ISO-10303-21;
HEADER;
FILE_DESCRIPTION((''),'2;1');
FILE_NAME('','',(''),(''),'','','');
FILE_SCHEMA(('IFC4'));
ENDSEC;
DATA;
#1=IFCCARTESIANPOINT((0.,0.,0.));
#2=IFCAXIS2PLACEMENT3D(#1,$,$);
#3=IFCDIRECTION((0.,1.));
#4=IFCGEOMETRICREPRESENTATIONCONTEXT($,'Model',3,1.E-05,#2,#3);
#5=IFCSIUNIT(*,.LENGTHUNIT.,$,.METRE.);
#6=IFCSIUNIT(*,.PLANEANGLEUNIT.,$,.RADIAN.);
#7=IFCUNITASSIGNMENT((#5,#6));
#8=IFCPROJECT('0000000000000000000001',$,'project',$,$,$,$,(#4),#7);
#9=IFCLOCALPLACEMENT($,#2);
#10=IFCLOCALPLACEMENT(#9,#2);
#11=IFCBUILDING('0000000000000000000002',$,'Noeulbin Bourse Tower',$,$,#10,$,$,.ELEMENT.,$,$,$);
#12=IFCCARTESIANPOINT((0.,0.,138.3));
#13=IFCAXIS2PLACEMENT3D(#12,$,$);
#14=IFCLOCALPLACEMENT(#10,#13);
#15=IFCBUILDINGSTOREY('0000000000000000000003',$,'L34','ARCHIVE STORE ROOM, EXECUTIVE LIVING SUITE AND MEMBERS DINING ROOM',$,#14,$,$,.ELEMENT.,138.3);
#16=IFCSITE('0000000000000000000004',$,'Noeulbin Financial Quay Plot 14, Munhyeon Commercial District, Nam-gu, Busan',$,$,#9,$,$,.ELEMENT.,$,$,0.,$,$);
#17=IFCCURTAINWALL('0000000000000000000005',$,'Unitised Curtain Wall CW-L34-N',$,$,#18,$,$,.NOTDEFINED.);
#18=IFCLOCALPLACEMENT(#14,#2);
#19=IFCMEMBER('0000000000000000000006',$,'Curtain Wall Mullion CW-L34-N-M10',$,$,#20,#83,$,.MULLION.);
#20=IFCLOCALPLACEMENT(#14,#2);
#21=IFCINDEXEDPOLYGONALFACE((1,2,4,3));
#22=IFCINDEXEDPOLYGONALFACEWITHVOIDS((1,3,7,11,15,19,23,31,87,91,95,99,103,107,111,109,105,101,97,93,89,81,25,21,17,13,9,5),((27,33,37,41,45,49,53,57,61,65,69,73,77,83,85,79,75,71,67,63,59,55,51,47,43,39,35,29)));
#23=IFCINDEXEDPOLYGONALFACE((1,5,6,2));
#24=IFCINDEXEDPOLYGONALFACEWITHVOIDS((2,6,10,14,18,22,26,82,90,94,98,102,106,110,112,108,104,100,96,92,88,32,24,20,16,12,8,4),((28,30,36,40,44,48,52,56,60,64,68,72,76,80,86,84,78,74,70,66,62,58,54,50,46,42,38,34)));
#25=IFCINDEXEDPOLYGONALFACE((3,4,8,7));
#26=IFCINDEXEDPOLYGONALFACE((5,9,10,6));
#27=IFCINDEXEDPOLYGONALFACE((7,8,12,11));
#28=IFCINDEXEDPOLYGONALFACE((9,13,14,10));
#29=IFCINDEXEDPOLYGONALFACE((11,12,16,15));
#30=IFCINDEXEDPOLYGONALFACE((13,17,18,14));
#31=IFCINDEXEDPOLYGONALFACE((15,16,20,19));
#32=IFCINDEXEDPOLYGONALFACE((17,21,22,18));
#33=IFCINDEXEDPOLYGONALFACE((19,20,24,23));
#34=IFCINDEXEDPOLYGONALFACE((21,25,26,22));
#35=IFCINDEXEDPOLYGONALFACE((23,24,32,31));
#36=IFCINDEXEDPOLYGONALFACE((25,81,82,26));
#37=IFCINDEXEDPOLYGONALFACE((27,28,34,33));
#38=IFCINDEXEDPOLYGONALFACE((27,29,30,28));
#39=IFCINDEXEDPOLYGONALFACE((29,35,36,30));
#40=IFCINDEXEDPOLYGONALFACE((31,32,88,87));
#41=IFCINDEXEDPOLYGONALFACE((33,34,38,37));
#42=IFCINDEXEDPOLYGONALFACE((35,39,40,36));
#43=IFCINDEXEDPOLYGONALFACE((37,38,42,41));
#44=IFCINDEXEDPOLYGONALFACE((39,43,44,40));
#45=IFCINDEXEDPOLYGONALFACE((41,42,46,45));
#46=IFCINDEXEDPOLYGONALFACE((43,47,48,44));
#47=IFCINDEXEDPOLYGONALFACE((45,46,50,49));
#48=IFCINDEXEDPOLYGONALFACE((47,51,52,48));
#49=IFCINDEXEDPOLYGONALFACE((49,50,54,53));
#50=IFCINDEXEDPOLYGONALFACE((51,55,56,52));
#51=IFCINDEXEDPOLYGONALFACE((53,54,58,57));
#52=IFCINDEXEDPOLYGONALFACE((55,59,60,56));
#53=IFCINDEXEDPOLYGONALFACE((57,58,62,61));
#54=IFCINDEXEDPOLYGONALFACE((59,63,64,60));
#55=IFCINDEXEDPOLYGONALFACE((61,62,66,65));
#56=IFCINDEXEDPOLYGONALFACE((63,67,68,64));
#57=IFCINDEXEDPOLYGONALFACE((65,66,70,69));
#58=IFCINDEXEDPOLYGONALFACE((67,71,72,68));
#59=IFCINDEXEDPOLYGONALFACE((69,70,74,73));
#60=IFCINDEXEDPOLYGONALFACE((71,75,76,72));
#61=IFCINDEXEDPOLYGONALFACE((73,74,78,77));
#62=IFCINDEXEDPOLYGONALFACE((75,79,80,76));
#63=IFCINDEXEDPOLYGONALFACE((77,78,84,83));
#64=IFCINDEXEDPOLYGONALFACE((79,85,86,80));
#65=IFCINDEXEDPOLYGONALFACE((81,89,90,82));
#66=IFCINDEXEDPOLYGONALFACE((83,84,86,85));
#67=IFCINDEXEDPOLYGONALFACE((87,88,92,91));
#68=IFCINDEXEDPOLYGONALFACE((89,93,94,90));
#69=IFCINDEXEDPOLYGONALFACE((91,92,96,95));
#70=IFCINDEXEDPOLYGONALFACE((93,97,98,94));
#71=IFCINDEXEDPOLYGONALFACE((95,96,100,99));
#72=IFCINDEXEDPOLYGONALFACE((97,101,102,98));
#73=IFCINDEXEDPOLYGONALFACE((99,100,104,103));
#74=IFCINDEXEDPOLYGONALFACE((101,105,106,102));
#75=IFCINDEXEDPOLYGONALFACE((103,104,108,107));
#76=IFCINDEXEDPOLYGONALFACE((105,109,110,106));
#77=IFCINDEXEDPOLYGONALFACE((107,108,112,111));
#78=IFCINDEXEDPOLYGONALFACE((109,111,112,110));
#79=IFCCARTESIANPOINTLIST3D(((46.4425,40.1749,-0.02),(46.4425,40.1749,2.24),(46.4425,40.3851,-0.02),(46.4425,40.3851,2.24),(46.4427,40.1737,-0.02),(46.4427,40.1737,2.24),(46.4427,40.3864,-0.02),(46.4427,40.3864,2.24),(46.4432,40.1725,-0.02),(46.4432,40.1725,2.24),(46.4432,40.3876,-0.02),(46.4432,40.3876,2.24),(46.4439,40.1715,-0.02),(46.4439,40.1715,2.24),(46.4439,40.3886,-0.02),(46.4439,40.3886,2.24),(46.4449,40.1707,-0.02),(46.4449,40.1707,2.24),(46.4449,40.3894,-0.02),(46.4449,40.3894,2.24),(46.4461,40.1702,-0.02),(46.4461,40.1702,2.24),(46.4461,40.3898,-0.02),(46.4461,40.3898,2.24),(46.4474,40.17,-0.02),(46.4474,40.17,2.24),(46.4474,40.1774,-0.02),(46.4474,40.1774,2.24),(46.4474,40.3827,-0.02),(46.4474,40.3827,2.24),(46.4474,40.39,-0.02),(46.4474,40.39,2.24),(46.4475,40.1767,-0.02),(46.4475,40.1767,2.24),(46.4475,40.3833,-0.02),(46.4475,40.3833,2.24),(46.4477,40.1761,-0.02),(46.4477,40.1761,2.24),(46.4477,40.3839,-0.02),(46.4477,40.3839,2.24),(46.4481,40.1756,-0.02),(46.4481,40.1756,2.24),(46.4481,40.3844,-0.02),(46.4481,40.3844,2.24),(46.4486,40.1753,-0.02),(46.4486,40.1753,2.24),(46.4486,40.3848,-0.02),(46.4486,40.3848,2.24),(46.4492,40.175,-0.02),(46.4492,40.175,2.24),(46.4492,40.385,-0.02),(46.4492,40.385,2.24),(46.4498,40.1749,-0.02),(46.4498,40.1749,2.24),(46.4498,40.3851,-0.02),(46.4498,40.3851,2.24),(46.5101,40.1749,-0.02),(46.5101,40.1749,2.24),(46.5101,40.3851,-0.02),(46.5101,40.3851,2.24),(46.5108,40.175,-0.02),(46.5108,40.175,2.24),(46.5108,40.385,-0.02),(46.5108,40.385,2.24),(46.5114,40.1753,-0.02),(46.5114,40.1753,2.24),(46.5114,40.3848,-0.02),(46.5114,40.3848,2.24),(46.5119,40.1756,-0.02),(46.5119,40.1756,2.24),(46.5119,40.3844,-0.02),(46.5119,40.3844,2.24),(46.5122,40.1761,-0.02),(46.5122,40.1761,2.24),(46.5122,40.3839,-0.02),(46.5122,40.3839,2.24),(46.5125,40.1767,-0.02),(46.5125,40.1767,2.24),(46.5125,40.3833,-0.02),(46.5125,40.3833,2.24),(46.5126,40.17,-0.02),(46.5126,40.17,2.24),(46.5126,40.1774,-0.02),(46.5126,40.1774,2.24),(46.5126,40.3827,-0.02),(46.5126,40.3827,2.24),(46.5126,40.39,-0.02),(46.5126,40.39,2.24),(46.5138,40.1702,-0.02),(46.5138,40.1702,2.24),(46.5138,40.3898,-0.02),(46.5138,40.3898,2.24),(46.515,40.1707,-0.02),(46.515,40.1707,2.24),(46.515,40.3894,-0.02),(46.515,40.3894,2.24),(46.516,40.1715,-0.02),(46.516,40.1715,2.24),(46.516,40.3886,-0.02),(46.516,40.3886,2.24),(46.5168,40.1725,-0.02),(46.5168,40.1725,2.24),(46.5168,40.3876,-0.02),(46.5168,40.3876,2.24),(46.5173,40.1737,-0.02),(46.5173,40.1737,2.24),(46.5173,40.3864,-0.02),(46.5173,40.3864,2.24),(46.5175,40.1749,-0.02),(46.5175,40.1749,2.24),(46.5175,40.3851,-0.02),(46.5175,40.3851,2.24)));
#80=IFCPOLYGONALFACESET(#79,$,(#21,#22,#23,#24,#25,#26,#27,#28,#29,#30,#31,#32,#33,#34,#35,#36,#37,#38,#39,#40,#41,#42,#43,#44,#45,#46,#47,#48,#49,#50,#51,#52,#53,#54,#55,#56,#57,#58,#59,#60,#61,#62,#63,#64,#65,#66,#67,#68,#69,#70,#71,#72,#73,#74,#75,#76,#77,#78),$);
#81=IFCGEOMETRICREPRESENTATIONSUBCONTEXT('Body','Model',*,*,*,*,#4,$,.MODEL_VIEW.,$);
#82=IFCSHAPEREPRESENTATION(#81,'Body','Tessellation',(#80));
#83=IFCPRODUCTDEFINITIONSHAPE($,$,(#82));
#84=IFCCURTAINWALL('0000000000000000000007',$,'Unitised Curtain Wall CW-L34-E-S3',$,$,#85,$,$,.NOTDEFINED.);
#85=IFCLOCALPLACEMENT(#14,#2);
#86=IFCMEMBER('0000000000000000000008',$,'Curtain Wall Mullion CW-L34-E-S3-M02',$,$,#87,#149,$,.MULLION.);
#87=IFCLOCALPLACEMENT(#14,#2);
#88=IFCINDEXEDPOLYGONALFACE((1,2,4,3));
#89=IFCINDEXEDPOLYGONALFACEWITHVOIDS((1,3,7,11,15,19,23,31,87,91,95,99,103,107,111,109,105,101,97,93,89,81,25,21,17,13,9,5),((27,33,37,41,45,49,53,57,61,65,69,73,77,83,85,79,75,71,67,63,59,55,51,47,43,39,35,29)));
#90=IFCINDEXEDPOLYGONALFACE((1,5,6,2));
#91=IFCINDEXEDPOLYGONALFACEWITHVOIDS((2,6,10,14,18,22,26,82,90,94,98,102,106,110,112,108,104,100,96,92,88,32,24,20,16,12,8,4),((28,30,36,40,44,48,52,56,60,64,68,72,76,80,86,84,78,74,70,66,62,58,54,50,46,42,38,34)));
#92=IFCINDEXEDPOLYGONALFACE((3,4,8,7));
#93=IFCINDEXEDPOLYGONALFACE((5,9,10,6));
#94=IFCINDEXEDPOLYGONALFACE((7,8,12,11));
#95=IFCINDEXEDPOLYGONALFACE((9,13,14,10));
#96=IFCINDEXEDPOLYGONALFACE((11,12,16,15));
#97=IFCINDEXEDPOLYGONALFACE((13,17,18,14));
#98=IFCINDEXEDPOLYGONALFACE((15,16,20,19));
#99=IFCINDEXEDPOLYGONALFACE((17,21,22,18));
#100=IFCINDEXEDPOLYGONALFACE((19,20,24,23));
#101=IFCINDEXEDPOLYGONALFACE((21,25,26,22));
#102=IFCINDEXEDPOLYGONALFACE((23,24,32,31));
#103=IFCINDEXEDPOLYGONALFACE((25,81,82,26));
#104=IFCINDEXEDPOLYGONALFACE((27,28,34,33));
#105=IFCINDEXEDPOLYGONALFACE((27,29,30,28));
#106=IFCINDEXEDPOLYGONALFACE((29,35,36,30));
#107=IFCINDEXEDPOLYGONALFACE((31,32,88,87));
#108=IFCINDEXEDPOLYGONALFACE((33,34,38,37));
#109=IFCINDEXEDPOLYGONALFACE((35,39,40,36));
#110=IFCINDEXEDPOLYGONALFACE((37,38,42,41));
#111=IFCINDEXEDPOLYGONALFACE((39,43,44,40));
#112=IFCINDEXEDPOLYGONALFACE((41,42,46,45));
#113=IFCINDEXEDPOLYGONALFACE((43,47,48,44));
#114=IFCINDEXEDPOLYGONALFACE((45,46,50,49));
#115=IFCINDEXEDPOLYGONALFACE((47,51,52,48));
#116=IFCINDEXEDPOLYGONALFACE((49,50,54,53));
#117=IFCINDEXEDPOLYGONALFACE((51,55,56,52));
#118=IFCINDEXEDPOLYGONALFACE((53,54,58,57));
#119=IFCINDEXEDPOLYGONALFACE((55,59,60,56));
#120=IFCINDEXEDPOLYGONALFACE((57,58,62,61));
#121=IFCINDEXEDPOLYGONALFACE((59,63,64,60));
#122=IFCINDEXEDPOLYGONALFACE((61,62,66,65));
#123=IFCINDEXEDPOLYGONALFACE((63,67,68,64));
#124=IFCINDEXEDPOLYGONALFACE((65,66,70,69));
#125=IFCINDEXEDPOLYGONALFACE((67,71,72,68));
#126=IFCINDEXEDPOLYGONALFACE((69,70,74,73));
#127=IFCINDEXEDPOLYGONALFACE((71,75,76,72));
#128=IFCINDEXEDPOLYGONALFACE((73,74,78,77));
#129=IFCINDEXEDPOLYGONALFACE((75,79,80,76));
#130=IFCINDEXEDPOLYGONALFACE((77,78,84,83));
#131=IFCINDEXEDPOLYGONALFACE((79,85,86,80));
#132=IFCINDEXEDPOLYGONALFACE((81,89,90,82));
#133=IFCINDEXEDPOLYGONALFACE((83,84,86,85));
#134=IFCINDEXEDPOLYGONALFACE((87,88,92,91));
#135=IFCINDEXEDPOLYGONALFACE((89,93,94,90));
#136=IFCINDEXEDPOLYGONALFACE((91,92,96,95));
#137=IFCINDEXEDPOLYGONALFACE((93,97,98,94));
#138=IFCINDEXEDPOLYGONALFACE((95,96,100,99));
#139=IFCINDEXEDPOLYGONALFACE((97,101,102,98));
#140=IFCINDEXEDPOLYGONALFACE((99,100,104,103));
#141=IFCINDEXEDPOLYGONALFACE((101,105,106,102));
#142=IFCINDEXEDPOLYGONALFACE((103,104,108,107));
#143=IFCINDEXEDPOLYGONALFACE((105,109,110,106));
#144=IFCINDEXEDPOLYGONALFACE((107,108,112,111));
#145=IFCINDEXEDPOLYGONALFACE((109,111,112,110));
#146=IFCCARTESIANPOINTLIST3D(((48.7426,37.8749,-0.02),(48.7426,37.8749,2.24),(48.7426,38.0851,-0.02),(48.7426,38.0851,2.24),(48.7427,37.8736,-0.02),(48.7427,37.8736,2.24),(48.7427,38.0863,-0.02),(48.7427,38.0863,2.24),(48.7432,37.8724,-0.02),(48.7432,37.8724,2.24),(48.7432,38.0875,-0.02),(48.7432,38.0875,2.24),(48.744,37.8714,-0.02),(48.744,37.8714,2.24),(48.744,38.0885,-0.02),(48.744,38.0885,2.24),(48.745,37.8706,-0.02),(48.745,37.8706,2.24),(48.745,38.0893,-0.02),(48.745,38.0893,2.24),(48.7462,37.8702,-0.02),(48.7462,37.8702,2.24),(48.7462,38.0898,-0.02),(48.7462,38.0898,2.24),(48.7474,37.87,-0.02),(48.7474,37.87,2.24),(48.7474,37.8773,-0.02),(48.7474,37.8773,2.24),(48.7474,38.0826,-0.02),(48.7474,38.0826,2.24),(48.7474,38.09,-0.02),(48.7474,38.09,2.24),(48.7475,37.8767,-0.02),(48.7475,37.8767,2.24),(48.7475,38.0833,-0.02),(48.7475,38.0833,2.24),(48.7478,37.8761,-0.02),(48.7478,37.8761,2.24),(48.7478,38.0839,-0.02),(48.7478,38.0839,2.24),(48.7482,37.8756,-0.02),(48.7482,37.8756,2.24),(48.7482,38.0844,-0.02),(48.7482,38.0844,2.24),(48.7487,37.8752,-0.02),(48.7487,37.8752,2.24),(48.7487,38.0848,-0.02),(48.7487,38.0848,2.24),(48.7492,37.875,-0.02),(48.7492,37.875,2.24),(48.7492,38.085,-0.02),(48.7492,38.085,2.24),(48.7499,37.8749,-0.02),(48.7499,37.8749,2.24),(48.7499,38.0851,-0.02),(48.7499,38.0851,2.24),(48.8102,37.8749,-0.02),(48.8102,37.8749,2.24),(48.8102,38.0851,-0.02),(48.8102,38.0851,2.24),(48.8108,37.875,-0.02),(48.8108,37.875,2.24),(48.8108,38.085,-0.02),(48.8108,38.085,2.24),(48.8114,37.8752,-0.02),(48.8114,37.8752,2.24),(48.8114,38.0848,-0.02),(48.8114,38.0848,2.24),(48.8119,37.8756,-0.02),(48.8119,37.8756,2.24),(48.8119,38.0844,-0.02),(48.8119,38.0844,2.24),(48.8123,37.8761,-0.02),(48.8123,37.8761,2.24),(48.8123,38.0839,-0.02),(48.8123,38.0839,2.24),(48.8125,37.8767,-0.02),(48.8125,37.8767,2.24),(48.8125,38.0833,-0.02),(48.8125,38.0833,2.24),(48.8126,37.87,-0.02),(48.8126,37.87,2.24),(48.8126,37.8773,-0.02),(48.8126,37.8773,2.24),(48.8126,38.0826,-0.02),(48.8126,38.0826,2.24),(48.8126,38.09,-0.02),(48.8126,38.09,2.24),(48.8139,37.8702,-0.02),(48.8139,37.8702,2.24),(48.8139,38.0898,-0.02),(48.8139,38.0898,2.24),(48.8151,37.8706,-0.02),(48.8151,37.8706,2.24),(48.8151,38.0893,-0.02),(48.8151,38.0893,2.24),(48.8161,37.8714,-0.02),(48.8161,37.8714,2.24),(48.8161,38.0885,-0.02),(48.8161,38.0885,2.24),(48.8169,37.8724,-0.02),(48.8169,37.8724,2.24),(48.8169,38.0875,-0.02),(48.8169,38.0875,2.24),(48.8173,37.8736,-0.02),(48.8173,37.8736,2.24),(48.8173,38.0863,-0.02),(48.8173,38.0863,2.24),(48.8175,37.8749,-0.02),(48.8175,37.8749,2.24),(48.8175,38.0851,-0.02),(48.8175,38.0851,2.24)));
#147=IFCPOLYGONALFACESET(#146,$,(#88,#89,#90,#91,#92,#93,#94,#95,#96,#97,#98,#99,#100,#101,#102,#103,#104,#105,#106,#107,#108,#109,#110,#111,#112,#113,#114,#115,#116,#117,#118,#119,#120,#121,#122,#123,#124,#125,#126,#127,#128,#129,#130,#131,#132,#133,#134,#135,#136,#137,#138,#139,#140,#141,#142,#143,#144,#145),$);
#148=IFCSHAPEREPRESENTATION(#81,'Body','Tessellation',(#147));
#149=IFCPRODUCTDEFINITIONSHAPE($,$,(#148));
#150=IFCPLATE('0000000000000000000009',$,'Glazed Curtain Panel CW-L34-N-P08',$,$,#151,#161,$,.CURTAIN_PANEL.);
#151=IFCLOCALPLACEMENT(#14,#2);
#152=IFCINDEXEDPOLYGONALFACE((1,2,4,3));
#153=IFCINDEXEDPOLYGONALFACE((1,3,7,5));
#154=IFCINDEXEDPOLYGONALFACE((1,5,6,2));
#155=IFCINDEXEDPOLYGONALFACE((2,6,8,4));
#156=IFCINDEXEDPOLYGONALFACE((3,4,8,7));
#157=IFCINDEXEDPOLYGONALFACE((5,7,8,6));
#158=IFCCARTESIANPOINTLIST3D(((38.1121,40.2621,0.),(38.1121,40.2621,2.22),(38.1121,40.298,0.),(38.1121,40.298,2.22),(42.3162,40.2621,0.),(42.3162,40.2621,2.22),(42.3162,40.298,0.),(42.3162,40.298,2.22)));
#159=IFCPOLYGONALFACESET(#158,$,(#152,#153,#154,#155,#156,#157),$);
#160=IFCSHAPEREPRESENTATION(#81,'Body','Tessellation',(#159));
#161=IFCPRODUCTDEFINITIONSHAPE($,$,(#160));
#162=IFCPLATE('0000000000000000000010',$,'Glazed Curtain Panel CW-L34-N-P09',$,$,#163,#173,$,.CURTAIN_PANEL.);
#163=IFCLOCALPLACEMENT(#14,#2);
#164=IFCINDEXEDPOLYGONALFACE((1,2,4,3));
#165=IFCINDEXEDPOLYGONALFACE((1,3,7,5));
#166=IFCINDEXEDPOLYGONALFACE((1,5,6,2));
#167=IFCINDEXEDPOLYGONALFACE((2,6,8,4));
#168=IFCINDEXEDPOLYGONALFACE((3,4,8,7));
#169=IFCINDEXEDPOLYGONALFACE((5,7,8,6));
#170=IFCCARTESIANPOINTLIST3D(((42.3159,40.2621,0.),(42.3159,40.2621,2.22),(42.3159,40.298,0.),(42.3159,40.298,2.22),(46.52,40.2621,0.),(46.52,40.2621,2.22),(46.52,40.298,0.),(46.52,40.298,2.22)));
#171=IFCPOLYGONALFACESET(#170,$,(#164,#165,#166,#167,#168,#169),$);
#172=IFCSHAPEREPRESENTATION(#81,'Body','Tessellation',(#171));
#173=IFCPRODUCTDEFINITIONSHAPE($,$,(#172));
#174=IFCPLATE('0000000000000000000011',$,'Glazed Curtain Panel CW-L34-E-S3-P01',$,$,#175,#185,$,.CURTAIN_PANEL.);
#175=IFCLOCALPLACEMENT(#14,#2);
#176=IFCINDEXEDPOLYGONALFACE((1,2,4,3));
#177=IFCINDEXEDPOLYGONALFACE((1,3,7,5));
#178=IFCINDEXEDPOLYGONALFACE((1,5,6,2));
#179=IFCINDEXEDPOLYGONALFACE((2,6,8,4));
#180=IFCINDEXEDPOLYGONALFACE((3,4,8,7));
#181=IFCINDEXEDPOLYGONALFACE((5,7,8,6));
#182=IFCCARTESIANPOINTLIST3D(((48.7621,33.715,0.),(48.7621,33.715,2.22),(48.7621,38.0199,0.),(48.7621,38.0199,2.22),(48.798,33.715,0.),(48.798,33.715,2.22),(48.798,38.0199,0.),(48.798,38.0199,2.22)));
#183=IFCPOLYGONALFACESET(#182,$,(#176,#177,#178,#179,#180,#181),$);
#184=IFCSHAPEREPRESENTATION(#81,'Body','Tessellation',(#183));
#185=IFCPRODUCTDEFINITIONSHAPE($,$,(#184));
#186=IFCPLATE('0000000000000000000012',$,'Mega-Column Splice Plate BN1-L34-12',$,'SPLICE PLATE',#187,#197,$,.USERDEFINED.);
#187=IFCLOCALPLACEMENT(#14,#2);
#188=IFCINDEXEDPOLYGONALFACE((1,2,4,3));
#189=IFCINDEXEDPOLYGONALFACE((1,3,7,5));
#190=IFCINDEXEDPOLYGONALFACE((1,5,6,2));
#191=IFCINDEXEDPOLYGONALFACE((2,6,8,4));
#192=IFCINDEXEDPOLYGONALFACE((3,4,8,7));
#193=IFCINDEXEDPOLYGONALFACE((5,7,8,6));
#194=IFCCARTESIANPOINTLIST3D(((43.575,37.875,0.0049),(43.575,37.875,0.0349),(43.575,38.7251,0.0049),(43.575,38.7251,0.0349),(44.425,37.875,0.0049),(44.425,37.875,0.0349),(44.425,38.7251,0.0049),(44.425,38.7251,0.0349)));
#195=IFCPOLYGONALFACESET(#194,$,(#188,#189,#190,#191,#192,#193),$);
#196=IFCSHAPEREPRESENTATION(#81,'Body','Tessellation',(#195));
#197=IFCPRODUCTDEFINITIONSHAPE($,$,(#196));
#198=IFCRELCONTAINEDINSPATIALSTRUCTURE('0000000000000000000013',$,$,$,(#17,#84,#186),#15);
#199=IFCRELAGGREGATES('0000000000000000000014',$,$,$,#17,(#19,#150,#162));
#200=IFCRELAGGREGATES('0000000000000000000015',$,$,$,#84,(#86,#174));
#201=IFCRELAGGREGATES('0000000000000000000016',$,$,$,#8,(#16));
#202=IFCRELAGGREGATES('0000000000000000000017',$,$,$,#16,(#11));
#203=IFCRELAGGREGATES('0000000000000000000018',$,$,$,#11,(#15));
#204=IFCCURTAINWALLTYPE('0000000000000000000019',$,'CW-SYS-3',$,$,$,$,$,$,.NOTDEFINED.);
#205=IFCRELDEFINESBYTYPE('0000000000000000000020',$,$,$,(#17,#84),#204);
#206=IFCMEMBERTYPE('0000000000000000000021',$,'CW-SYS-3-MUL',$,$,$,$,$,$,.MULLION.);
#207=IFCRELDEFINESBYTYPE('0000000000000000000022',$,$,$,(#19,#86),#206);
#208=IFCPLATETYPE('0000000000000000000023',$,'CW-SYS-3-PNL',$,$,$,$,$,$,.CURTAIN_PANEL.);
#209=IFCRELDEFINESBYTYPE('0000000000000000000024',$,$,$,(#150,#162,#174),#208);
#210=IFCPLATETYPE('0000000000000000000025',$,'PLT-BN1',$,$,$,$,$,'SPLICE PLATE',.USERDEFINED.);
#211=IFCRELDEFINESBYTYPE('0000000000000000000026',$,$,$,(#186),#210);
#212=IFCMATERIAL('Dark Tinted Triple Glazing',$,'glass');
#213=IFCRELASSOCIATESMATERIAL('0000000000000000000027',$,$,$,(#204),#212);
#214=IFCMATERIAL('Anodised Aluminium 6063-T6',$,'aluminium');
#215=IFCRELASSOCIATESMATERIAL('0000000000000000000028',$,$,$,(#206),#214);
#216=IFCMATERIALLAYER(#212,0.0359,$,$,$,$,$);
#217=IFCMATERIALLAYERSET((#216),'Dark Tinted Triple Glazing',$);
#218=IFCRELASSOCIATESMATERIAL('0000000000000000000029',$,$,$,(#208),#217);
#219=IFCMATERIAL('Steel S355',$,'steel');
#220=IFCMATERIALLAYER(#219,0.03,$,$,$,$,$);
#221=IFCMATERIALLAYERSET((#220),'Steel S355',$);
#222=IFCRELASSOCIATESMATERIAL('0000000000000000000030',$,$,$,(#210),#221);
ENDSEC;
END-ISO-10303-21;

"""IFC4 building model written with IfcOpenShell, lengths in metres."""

from ifc_helpers import new_model, si_unit, direction, frame, origin, origin_2d, place, context, subcontext, project, spatial, rectangle, hollow_rectangle, extrude, material, layer, layer_set, material_profile, profile_set, type_object, element, aggregate, save


model = new_model("IFC4")

# Units and contexts
model_context = context("Model", 3, precision=1e-05, world=origin(), true_north=direction((0.0, 1.0)))
body_context = subcontext(model_context, "Body", "Model", "MODEL_VIEW")
ifc_project = project(units=[si_unit("LENGTHUNIT", "METRE"), si_unit("PLANEANGLEUNIT", "RADIAN")], contexts=[model_context])

# Site, building, storey
site_placement = place(None, origin())
site = spatial("IfcSite", under=ifc_project, at=site_placement, Name="Noeulbin Financial Quay Plot 14, Munhyeon Commercial District, Nam-gu, Busan", CompositionType="ELEMENT", RefElevation=0.0)
building_placement = place(site_placement, origin())
building = spatial("IfcBuilding", under=site, at=building_placement, Name="Noeulbin Bourse Tower", CompositionType="ELEMENT")
storey_placement = place(building_placement, frame((0.0, 0.0, 138.3)))
storey = spatial("IfcBuildingStorey", under=building, at=storey_placement, Name="L34", Description="ARCHIVE STORE ROOM, EXECUTIVE LIVING SUITE AND MEMBERS DINING ROOM", CompositionType="ELEMENT", Elevation=138.3)

# Shared definitions
ifc_material_1 = material(Name="Steel S355", Category="steel")

# Curtain wall, member
ifc_material_2 = material(Name="Dark Tinted Triple Glazing", Category="glass")
curtain_wall_type = type_object("IfcCurtainWallType", Name="CW-SYS-3", PredefinedType="NOTDEFINED", material=ifc_material_2)
curtain_wall_1_placement = place(storey_placement, origin())
curtain_wall_1 = element("IfcCurtainWall", 1, at=curtain_wall_1_placement, inside=storey, type_object=curtain_wall_type, Name="Unitised Curtain Wall CW-L34-N", PredefinedType="NOTDEFINED")
ifc_material_3 = material(Name="Anodised Aluminium 6063-T6", Category="aluminium")
ifc_material_profile_1 = material_profile(ifc_material_3, hollow_rectangle(XDim=0.075, YDim=0.22, WallThickness=0.0049, InnerFilletRadius=0.0024, OuterFilletRadius=0.0049, at=origin_2d()), Name="ALU-MULL-75x220x5", Category="LoadBearing")
ifc_profile_set_1 = profile_set([ifc_material_profile_1], Name="Anodised Aluminium 6063-T6")
member_type = type_object("IfcMemberType", Name="CW-SYS-3-MUL", PredefinedType="MULLION", material=ifc_profile_set_1)
member_1_placement = place(storey_placement, frame((46.48, 40.28, -0.02), z_axis=(0.0, 0.0, 1.0), x_axis=(1.0, 0.0, 0.0)))
member_1 = element("IfcMember", 2, at=member_1_placement, type_object=member_type, Name="Curtain Wall Mullion CW-L34-N-M10", PredefinedType="MULLION", context=body_context, shape_type="SweptSolid", body=[
    extrude(hollow_rectangle(XDim=0.075, YDim=0.22, WallThickness=0.0049, InnerFilletRadius=0.0024, OuterFilletRadius=0.0049, at=origin_2d()), origin(), (0.0, 0.0, 1.0), 2.26),
])

# Curtain wall, member
curtain_wall_2_placement = place(storey_placement, origin())
curtain_wall_2 = element("IfcCurtainWall", 3, at=curtain_wall_2_placement, inside=storey, type_object=curtain_wall_type, Name="Unitised Curtain Wall CW-L34-E-S3", PredefinedType="NOTDEFINED")
member_2_placement = place(storey_placement, frame((48.78, 37.98, -0.02), z_axis=(0.0, 0.0, 1.0), x_axis=(1.0, 0.0, 0.0)))
member_2 = element("IfcMember", 4, at=member_2_placement, type_object=member_type, Name="Curtain Wall Mullion CW-L34-E-S3-M02", PredefinedType="MULLION", context=body_context, shape_type="SweptSolid", body=[
    extrude(hollow_rectangle(XDim=0.075, YDim=0.22, WallThickness=0.0049, InnerFilletRadius=0.0024, OuterFilletRadius=0.0049, at=origin_2d()), origin(), (0.0, 0.0, 1.0), 2.26),
])

# Plates
ifc_layer_1 = layer(ifc_material_2, 0.0359)
ifc_layer_set_1 = layer_set([ifc_layer_1], Name="Dark Tinted Triple Glazing")
plate_type_1 = type_object("IfcPlateType", Name="CW-SYS-3-PNL", PredefinedType="CURTAIN_PANEL", material=ifc_layer_set_1)
plate_1_placement = place(storey_placement, frame((40.2141, 40.28, 0.0), z_axis=(0.0, 0.0, 1.0), x_axis=(1.0, 0.0, 0.0)))
plate_1 = element("IfcPlate", 5, at=plate_1_placement, type_object=plate_type_1, Name="Glazed Curtain Panel CW-L34-N-P08", PredefinedType="CURTAIN_PANEL", context=body_context, shape_type="SweptSolid", body=[
    extrude(rectangle(XDim=4.2041, YDim=0.0359, at=origin_2d()), origin(), (0.0, 0.0, 1.0), 2.22),
])
plate_2_placement = place(storey_placement, frame((44.418, 40.28, 0.0), z_axis=(0.0, 0.0, 1.0), x_axis=(1.0, 0.0, 0.0)))
plate_2 = element("IfcPlate", 6, at=plate_2_placement, type_object=plate_type_1, Name="Glazed Curtain Panel CW-L34-N-P09", PredefinedType="CURTAIN_PANEL", context=body_context, shape_type="SweptSolid", body=[
    extrude(rectangle(XDim=4.2041, YDim=0.0359, at=origin_2d()), origin(), (0.0, 0.0, 1.0), 2.22),
])
aggregate(curtain_wall_1, [member_1, plate_1, plate_2])
plate_3_placement = place(storey_placement, frame((48.78, 35.8674, 0.0), z_axis=(0.0, 0.0, 1.0), x_axis=(0.0, 1.0, 0.0)))
plate_3 = element("IfcPlate", 7, at=plate_3_placement, type_object=plate_type_1, Name="Glazed Curtain Panel CW-L34-E-S3-P01", PredefinedType="CURTAIN_PANEL", context=body_context, shape_type="SweptSolid", body=[
    extrude(rectangle(XDim=4.3049, YDim=0.0359, at=origin_2d()), origin(), (0.0, 0.0, 1.0), 2.22),
])
aggregate(curtain_wall_2, [member_2, plate_3])

# Plate
ifc_layer_2 = layer(ifc_material_1, 0.03)
ifc_layer_set_2 = layer_set([ifc_layer_2], Name="Steel S355")
plate_type_2 = type_object("IfcPlateType", Name="PLT-BN1", ElementType="SPLICE PLATE", PredefinedType="USERDEFINED", material=ifc_layer_set_2)
plate_4_placement = place(storey_placement, frame((44.0, 38.3, 0.0049), z_axis=(0.0, 0.0, 1.0), x_axis=(1.0, 0.0, 0.0)))
element("IfcPlate", 8, at=plate_4_placement, inside=storey, type_object=plate_type_2, Name="Mega-Column Splice Plate BN1-L34-12", ObjectType="SPLICE PLATE", PredefinedType="USERDEFINED", context=body_context, shape_type="SweptSolid", body=[
    extrude(rectangle(XDim=0.8501, YDim=0.8501, at=origin_2d()), origin(), (0.0, 0.0, 1.0), 0.03),
])

save(model, "model.ifc")
